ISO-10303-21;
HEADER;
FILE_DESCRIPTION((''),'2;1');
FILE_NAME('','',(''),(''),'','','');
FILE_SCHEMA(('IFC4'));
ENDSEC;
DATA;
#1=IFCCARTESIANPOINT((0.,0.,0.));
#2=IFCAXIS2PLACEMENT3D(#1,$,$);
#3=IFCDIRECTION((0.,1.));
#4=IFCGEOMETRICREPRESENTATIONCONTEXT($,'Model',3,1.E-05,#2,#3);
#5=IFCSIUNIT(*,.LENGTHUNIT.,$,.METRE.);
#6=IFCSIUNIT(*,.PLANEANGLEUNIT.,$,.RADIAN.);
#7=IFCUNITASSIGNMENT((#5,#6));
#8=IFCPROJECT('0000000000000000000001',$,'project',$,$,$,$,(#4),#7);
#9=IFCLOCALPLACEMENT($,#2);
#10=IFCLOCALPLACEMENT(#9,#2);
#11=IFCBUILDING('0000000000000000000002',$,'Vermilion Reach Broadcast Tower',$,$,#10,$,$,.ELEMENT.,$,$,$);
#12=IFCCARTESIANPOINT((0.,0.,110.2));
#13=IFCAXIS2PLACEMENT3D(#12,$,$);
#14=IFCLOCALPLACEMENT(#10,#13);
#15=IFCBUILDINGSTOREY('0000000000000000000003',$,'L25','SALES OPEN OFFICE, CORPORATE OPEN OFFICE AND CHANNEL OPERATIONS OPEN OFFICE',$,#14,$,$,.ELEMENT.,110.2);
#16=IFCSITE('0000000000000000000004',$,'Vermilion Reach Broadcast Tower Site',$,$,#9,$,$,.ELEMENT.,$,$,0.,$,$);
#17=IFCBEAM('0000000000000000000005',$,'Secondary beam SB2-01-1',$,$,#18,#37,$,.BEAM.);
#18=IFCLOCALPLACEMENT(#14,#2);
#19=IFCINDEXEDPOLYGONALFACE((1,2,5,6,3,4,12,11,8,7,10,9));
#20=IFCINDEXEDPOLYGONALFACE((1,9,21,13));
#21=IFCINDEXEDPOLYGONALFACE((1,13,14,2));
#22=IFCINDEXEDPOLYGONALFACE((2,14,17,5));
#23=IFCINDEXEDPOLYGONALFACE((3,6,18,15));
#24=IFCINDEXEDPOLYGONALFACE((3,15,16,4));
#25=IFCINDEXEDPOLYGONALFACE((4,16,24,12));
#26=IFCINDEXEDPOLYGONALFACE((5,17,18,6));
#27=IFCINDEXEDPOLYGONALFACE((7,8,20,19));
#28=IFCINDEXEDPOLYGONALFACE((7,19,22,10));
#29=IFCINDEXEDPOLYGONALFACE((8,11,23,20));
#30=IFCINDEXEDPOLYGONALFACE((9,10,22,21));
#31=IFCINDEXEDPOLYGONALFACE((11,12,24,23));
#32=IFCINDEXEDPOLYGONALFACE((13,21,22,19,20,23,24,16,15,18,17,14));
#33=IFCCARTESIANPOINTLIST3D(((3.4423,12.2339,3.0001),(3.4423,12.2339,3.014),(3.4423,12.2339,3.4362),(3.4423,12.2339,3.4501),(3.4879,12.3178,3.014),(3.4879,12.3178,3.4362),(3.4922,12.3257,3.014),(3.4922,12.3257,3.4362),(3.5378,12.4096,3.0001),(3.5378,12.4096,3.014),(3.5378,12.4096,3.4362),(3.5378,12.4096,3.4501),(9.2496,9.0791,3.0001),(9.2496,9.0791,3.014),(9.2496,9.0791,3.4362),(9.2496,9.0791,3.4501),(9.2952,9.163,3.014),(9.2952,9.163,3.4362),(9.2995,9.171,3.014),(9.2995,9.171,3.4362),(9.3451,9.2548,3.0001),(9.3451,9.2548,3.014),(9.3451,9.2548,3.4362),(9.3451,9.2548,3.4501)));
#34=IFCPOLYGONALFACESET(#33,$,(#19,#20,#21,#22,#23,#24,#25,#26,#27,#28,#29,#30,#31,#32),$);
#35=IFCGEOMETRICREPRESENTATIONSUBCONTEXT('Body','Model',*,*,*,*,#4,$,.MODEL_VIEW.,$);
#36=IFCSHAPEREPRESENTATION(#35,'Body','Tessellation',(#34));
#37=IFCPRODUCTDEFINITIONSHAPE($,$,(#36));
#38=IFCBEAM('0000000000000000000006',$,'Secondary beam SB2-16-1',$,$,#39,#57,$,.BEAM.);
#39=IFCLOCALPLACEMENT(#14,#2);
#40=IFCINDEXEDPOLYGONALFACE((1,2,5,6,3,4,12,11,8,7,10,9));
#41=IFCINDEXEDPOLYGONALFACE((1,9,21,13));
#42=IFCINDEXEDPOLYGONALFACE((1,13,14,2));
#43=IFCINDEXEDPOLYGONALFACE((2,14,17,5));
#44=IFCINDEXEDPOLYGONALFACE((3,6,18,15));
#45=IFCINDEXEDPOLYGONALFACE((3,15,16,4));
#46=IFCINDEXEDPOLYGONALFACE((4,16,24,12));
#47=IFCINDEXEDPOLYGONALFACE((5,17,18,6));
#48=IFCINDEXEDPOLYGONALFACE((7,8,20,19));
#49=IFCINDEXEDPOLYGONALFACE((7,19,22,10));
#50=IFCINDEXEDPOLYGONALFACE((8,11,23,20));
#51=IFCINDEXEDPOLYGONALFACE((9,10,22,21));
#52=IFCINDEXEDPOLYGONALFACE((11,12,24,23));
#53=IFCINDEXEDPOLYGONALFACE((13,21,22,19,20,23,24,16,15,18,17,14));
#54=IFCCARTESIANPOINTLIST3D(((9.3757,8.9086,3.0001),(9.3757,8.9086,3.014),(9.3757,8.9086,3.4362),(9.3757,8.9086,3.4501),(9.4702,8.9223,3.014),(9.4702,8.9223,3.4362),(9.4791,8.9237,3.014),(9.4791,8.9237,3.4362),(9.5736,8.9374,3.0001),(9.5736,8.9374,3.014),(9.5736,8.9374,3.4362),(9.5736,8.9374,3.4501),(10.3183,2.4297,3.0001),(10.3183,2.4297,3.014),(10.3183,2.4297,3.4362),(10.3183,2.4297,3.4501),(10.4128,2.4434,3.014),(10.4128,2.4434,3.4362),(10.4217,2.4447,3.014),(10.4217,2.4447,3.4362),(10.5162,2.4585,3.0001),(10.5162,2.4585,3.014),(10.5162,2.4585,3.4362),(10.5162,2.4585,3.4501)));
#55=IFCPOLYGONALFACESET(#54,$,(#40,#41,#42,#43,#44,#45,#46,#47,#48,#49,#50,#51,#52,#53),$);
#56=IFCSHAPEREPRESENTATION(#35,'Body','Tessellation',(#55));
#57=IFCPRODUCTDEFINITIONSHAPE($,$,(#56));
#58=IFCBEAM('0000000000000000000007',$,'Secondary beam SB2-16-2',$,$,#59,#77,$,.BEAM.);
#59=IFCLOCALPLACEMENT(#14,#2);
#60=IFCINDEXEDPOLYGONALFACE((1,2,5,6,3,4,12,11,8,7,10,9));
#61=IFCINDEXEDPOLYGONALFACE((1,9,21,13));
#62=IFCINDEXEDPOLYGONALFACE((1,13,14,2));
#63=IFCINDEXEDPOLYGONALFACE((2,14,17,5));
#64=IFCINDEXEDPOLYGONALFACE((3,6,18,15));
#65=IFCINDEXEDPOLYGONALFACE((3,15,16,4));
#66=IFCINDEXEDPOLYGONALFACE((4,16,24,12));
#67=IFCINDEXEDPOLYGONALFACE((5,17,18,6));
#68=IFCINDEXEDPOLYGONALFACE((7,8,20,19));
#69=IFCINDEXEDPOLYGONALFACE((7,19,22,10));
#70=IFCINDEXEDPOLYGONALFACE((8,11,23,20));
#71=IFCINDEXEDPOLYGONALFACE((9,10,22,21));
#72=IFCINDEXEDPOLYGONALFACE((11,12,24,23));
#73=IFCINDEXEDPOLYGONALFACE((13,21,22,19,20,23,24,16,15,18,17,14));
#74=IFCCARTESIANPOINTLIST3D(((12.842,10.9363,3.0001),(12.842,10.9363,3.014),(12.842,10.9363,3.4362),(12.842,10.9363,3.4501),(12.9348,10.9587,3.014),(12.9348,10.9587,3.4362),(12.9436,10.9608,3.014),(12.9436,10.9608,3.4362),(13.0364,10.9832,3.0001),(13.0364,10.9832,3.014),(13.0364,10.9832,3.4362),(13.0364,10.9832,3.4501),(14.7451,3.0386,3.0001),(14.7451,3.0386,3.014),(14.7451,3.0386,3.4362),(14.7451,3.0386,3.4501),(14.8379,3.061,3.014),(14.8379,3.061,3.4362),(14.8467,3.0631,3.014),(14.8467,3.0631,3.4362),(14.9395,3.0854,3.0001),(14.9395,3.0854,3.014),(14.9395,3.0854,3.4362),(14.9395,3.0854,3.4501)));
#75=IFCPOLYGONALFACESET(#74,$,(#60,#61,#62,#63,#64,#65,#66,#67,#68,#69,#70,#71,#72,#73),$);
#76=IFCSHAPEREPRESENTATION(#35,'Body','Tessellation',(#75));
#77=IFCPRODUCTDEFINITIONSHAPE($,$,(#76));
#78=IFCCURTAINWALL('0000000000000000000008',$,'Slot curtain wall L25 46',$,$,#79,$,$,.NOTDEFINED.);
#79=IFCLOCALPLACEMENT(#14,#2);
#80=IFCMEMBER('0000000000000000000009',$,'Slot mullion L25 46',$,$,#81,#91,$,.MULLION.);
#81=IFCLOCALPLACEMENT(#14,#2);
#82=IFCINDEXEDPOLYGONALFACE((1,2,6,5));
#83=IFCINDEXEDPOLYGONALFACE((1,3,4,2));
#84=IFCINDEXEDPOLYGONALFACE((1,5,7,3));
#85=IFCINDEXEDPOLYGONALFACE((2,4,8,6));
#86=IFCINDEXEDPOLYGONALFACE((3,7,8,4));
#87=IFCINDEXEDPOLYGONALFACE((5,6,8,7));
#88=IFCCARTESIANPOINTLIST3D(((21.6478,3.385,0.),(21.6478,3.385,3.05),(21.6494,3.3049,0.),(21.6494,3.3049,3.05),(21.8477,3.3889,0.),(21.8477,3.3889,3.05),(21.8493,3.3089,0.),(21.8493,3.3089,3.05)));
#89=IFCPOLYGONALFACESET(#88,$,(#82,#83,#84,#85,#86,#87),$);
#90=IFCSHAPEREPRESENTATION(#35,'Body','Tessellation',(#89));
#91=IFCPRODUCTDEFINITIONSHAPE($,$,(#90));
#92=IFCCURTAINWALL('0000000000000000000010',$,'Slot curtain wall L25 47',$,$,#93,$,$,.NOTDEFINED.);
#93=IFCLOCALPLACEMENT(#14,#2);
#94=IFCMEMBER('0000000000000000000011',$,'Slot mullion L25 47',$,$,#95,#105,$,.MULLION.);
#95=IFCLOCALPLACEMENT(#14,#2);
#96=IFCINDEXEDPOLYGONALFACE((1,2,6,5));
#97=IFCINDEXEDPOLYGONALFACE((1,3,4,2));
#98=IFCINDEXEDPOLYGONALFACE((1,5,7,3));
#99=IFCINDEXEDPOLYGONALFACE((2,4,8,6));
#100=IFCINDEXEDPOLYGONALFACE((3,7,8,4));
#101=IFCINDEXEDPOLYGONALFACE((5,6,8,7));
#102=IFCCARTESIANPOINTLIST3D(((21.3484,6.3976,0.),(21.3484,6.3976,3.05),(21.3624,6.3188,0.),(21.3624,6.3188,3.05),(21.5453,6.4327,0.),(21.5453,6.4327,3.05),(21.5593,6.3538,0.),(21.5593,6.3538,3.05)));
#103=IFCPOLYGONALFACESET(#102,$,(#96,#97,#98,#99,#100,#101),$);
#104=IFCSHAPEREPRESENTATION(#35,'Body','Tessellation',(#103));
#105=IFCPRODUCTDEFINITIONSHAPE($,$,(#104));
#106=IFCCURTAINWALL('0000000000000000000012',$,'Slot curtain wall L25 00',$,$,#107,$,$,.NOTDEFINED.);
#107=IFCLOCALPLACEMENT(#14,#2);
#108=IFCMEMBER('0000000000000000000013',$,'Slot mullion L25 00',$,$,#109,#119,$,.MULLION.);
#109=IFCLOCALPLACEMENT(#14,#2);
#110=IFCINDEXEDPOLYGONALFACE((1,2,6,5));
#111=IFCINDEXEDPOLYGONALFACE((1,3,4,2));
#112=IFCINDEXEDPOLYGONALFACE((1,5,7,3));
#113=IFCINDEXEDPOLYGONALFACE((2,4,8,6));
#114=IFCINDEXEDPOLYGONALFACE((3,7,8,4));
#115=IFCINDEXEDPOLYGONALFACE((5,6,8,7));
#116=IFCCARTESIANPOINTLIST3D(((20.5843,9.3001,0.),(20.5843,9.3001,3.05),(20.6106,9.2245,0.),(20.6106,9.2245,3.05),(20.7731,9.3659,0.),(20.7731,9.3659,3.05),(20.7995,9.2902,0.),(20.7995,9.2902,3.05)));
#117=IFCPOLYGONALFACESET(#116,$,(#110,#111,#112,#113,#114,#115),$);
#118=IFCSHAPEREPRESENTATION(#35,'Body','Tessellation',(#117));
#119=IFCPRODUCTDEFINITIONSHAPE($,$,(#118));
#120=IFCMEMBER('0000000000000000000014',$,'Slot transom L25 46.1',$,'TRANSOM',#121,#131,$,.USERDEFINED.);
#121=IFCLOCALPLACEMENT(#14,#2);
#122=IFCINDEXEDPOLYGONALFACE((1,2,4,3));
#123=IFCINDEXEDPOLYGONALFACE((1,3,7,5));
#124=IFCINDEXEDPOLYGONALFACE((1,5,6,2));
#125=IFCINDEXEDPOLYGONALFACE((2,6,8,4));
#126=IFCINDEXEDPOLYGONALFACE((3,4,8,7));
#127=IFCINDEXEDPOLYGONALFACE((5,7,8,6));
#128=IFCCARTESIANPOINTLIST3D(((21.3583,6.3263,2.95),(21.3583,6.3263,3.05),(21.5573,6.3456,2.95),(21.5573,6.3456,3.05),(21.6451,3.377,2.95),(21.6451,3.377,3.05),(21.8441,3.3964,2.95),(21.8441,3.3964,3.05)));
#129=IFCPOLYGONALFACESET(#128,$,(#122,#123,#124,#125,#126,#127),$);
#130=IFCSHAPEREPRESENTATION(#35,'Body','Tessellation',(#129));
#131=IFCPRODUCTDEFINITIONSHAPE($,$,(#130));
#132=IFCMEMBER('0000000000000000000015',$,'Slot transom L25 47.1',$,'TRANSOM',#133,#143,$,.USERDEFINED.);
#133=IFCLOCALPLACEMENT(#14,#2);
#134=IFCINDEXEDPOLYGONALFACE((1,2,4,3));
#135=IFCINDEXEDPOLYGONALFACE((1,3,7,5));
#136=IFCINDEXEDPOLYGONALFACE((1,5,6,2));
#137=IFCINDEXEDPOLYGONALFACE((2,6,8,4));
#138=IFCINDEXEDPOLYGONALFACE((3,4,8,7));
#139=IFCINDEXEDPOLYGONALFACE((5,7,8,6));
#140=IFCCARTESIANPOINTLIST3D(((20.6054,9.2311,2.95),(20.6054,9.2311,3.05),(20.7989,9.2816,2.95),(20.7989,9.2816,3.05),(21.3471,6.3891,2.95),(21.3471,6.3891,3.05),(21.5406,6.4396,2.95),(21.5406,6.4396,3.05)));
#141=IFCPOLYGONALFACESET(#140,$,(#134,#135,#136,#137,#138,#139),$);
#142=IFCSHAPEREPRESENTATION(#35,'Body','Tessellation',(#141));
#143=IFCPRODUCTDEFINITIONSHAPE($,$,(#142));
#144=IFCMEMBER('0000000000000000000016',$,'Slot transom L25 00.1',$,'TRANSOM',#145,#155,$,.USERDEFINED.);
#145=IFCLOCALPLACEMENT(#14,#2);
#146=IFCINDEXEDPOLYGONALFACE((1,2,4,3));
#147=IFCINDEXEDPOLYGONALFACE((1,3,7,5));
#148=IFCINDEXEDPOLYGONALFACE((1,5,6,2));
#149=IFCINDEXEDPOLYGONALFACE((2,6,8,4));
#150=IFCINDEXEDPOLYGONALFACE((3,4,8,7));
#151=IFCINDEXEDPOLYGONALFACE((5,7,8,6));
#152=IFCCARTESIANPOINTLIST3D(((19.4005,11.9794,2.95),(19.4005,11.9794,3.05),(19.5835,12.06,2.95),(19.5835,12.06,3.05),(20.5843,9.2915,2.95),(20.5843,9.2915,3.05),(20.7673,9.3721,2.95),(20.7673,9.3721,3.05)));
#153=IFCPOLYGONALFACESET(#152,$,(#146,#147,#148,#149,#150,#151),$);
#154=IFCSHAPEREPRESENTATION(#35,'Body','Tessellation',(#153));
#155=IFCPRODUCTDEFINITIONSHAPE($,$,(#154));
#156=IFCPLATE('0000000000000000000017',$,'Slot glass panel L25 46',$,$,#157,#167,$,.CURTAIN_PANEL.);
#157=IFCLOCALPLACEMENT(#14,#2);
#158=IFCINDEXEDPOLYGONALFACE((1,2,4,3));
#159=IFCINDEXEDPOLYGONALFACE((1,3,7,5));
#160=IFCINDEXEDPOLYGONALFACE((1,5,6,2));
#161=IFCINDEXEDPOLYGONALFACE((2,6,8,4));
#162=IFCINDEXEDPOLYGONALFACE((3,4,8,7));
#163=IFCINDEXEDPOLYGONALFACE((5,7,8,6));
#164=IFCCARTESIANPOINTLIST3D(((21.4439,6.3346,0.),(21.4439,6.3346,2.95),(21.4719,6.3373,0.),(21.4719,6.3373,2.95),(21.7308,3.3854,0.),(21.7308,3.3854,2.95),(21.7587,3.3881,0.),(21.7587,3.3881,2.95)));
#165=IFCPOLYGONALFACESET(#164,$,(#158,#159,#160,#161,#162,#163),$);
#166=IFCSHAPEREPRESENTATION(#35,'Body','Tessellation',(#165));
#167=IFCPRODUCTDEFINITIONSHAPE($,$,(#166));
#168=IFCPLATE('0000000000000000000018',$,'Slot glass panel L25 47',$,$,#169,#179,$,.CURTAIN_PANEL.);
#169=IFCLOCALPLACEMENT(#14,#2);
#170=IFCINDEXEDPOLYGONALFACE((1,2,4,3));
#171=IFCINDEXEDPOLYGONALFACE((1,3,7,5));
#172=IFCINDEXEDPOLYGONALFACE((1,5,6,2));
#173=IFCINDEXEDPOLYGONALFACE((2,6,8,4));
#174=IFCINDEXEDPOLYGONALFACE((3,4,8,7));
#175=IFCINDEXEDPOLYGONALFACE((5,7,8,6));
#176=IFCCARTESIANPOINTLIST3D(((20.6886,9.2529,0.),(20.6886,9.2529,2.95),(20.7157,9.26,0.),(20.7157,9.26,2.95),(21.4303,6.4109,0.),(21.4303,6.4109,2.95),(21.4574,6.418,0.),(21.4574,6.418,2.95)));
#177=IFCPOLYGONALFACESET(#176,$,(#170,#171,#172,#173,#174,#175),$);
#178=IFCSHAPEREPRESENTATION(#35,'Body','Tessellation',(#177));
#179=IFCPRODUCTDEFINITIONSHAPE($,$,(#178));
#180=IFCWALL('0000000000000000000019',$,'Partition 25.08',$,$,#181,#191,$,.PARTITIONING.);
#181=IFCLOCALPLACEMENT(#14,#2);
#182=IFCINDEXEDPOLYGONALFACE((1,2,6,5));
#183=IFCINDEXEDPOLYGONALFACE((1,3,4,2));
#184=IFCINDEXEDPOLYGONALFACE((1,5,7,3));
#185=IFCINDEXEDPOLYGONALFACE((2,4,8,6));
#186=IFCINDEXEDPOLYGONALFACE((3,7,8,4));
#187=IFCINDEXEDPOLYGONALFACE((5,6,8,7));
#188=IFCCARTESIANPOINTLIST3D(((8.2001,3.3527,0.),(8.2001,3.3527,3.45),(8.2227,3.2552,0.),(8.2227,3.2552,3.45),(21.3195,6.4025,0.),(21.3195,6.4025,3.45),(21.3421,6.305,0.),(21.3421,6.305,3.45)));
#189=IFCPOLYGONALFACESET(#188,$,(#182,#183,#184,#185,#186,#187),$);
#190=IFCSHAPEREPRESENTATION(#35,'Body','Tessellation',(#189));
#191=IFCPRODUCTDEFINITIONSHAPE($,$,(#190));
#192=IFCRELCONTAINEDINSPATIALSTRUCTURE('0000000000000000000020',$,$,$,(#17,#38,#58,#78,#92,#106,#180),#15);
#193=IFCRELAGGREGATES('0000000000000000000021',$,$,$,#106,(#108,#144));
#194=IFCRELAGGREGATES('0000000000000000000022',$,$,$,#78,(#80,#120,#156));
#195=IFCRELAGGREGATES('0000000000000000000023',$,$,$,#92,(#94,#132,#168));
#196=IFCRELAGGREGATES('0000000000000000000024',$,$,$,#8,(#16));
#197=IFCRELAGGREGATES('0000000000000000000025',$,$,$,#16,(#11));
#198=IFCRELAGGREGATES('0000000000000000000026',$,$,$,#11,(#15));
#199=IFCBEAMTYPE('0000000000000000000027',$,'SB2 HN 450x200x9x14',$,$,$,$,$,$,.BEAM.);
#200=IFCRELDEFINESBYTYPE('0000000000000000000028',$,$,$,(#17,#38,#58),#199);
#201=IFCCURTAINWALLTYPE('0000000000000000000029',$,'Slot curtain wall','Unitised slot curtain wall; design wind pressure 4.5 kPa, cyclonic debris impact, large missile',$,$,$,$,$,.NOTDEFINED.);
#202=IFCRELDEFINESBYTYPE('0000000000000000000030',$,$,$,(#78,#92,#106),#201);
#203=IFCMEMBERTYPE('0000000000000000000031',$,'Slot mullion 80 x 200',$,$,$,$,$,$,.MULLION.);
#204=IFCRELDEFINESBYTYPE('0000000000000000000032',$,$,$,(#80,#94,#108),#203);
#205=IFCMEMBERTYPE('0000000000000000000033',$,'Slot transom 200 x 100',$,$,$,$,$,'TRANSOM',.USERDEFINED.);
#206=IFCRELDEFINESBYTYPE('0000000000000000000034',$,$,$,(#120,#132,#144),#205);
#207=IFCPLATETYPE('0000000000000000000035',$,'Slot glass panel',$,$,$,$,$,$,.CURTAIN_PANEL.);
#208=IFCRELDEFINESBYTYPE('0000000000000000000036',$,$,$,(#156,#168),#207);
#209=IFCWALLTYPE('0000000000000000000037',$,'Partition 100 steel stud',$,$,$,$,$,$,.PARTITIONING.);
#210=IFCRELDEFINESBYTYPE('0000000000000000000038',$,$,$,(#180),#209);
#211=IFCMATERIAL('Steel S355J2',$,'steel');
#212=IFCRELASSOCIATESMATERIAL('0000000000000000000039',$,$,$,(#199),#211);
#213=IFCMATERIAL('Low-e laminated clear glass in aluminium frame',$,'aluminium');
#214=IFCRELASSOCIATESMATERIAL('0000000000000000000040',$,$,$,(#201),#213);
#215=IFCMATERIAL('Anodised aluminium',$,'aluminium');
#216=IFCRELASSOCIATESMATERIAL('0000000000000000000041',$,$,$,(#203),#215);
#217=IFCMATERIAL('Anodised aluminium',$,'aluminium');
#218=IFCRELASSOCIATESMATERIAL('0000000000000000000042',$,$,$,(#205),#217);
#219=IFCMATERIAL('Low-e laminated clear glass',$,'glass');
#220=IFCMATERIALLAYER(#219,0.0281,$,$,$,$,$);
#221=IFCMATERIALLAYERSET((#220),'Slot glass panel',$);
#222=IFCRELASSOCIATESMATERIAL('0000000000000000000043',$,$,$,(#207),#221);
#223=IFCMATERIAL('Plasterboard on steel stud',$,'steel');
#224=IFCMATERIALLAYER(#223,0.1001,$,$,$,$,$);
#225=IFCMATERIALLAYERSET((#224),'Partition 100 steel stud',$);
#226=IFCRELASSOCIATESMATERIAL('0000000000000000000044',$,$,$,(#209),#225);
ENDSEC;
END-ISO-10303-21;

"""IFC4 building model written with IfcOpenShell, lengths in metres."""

from ifc_helpers import new_model, si_unit, direction, frame, frame_2d, origin, origin_2d, place, context, subcontext, project, spatial, rectangle, i_section, extrude, material, layer, layer_set, material_profile, profile_set, type_object, element, aggregate, save


model = new_model("IFC4")

# Units and contexts
model_context = context("Model", 3, precision=1e-05, world=origin(), true_north=direction((0.0, 1.0)))
body_context = subcontext(model_context, "Body", "Model", "MODEL_VIEW")
ifc_project = project(units=[si_unit("LENGTHUNIT", "METRE"), si_unit("PLANEANGLEUNIT", "RADIAN")], contexts=[model_context])

# Site, building, storey
site_placement = place(None, origin())
site = spatial("IfcSite", under=ifc_project, at=site_placement, Name="Vermilion Reach Broadcast Tower Site", CompositionType="ELEMENT", RefElevation=0.0)
building_placement = place(site_placement, origin())
building = spatial("IfcBuilding", under=site, at=building_placement, Name="Vermilion Reach Broadcast Tower", CompositionType="ELEMENT")
storey_placement = place(building_placement, frame((0.0, 0.0, 110.2)))
storey = spatial("IfcBuildingStorey", under=building, at=storey_placement, Name="L25", Description="SALES OPEN OFFICE, CORPORATE OPEN OFFICE AND CHANNEL OPERATIONS OPEN OFFICE", CompositionType="ELEMENT", Elevation=110.2)

# Beams
ifc_material_1 = material(Name="Steel S355J2", Category="steel")
ifc_material_profile_1 = material_profile(ifc_material_1, i_section(OverallWidth=0.2, OverallDepth=0.45, WebThickness=0.009, FlangeThickness=0.0139, at=origin_2d()), Name="S355J2 HN 450x200x9x14")
ifc_profile_set_1 = profile_set([ifc_material_profile_1], Name="Steel S355J2")
beam_type_1 = type_object("IfcBeamType", Name="SB2 HN 450x200x9x14", PredefinedType="BEAM", material=ifc_profile_set_1)
beam_1_placement = place(storey_placement, frame((9.2974, 9.167, 3.2251), z_axis=(-0.878713, 0.47735, 0.0), x_axis=(-0.47735, -0.878713, 0.0)))
element("IfcBeam", 1, at=beam_1_placement, inside=storey, type_object=beam_type_1, Name="Secondary beam SB2-01-1", PredefinedType="BEAM", context=body_context, shape_type="SweptSolid", body=[
    extrude(i_section(OverallWidth=0.2, OverallDepth=0.45, WebThickness=0.009, FlangeThickness=0.0139, at=origin_2d()), origin(), (0.0, 0.0, 1.0), 6.6089),
])
beam_2_placement = place(storey_placement, frame((10.4172, 2.4441, 3.2251), z_axis=(-0.143974, 0.989582, 0.0), x_axis=(-0.989582, -0.143974, 0.0)))
element("IfcBeam", 2, at=beam_2_placement, inside=storey, type_object=beam_type_1, Name="Secondary beam SB2-16-1", PredefinedType="BEAM", context=body_context, shape_type="SweptSolid", body=[
    extrude(i_section(OverallWidth=0.2, OverallDepth=0.45, WebThickness=0.009, FlangeThickness=0.0139, at=origin_2d()), origin(), (0.0, 0.0, 1.0), 6.5471),
])
beam_3_placement = place(storey_placement, frame((14.8423, 3.062, 3.2251), z_axis=(-0.234261, 0.972174, 0.0), x_axis=(-0.972174, -0.234261, 0.0)))
element("IfcBeam", 3, at=beam_3_placement, inside=storey, type_object=beam_type_1, Name="Secondary beam SB2-16-2", PredefinedType="BEAM", context=body_context, shape_type="SweptSolid", body=[
    extrude(i_section(OverallWidth=0.2, OverallDepth=0.45, WebThickness=0.009, FlangeThickness=0.0139, at=origin_2d()), origin(), (0.0, 0.0, 1.0), 8.1238),
])

# Curtain walls, members
ifc_material_2 = material(Name="Low-e laminated clear glass in aluminium frame", Category="aluminium")
curtain_wall_type = type_object("IfcCurtainWallType", Name="Slot curtain wall", Description="Unitised slot curtain wall; design wind pressure 4.5 kPa, cyclonic debris impact, large missile", PredefinedType="NOTDEFINED", material=ifc_material_2)
placement = place(storey_placement, origin())
curtain_wall_1 = element("IfcCurtainWall", 4, at=placement, inside=storey, type_object=curtain_wall_type, Name="Slot curtain wall L25 46", PredefinedType="NOTDEFINED")
ifc_material_3 = material(Name="Anodised aluminium", Category="aluminium")
ifc_material_profile_2 = material_profile(ifc_material_3, rectangle(XDim=0.2, YDim=0.0801, at=origin_2d()), Name="Slot mullion 80 x 200")
ifc_profile_set_2 = profile_set([ifc_material_profile_2], Name="Anodised aluminium")
member_type_1 = type_object("IfcMemberType", Name="Slot mullion 80 x 200", PredefinedType="MULLION", material=ifc_profile_set_2)
member_1_placement = place(storey_placement, frame((21.7485, 3.3469, 0.0), z_axis=(0.0, 0.0, 1.0), x_axis=(-0.999807, -0.019661, 0.0)))
member_1 = element("IfcMember", 5, at=member_1_placement, type_object=member_type_1, Name="Slot mullion L25 46", PredefinedType="MULLION", context=body_context, shape_type="SweptSolid", body=[
    extrude(rectangle(XDim=0.2, YDim=0.0801, at=origin_2d()), origin(), (0.0, 0.0, 1.0), 3.05),
])
curtain_wall_2 = element("IfcCurtainWall", 6, at=placement, inside=storey, type_object=curtain_wall_type, Name="Slot curtain wall L25 47", PredefinedType="NOTDEFINED")
member_2_placement = place(storey_placement, frame((21.4539, 6.3757, 0.0), z_axis=(0.0, 0.0, 1.0), x_axis=(-0.98453, -0.175214, 0.0)))
member_2 = element("IfcMember", 7, at=member_2_placement, type_object=member_type_1, Name="Slot mullion L25 47", PredefinedType="MULLION", context=body_context, shape_type="SweptSolid", body=[
    extrude(rectangle(XDim=0.2, YDim=0.0801, at=origin_2d()), origin(), (0.0, 0.0, 1.0), 3.05),
])
curtain_wall_3 = element("IfcCurtainWall", 8, at=placement, inside=storey, type_object=curtain_wall_type, Name="Slot curtain wall L25 00", PredefinedType="NOTDEFINED")
member_3_placement = place(storey_placement, frame((20.6919, 9.2952, 0.0), z_axis=(0.0, 0.0, 1.0), x_axis=(-0.944376, -0.328867, 0.0)))
member_3 = element("IfcMember", 9, at=member_3_placement, type_object=member_type_1, Name="Slot mullion L25 00", PredefinedType="MULLION", context=body_context, shape_type="SweptSolid", body=[
    extrude(rectangle(XDim=0.2, YDim=0.0801, at=origin_2d()), origin(), (0.0, 0.0, 1.0), 3.05),
])

# Members
ifc_material_4 = material(Name="Anodised aluminium", Category="aluminium")
ifc_material_profile_3 = material_profile(ifc_material_4, rectangle(XDim=0.2, YDim=0.1001, at=origin_2d()), Name="Slot transom 200 x 100")
ifc_profile_set_3 = profile_set([ifc_material_profile_3], Name="Anodised aluminium")
member_type_2 = type_object("IfcMemberType", Name="Slot transom 200 x 100", ElementType="TRANSOM", PredefinedType="USERDEFINED", material=ifc_profile_set_3)
member_4_placement = place(storey_placement, frame((21.7446, 3.3867, 3.0), z_axis=(-0.096811, 0.995303, 0.0), x_axis=(-0.995303, -0.096811, 0.0)))
member_4 = element("IfcMember", 10, at=member_4_placement, type_object=member_type_2, Name="Slot transom L25 46.1", ObjectType="TRANSOM", PredefinedType="USERDEFINED", context=body_context, shape_type="SweptSolid", body=[
    extrude(rectangle(XDim=0.2, YDim=0.1001, at=origin_2d()), origin(), (0.0, 0.0, 1.0), 2.9631),
])
member_5_placement = place(storey_placement, frame((21.4438, 6.4143, 3.0), z_axis=(-0.252517, 0.967593, 0.0), x_axis=(-0.967593, -0.252517, 0.0)))
member_5 = element("IfcMember", 11, at=member_5_placement, type_object=member_type_2, Name="Slot transom L25 47.1", ObjectType="TRANSOM", PredefinedType="USERDEFINED", context=body_context, shape_type="SweptSolid", body=[
    extrude(rectangle(XDim=0.2, YDim=0.1001, at=origin_2d()), origin(), (0.0, 0.0, 1.0), 2.9373),
])
member_6_placement = place(storey_placement, frame((20.6758, 9.3318, 3.0), z_axis=(-0.403059, 0.915174, 0.0), x_axis=(-0.915174, -0.403059, 0.0)))
member_6 = element("IfcMember", 12, at=member_6_placement, type_object=member_type_2, Name="Slot transom L25 00.1", ObjectType="TRANSOM", PredefinedType="USERDEFINED", context=body_context, shape_type="SweptSolid", body=[
    extrude(rectangle(XDim=0.2, YDim=0.1001, at=origin_2d()), origin(), (0.0, 0.0, 1.0), 2.937),
])
aggregate(curtain_wall_3, [member_3, member_6])

# Plates
ifc_material_5 = material(Name="Low-e laminated clear glass", Category="glass")
ifc_layer_1 = layer(ifc_material_5, 0.0281)
ifc_layer_set_1 = layer_set([ifc_layer_1], Name="Slot glass panel")
plate_type = type_object("IfcPlateType", Name="Slot glass panel", PredefinedType="CURTAIN_PANEL", material=ifc_layer_set_1)
plate_1_placement = place(storey_placement, frame((21.6013, 4.8613, 0.0), z_axis=(0.0, 0.0, 1.0), x_axis=(-0.096809, 0.995303, 0.0)))
plate_1 = element("IfcPlate", 13, at=plate_1_placement, type_object=plate_type, Name="Slot glass panel L25 46", PredefinedType="CURTAIN_PANEL", context=body_context, shape_type="SweptSolid", body=[
    extrude(rectangle(XDim=2.9631, YDim=0.0281, at=origin_2d()), origin(), (0.0, 0.0, 1.0), 2.95),
])
aggregate(curtain_wall_1, [member_1, member_4, plate_1])
plate_2_placement = place(storey_placement, frame((21.073, 7.8354, 0.0), z_axis=(0.0, 0.0, 1.0), x_axis=(-0.252522, 0.967591, 0.0)))
plate_2 = element("IfcPlate", 14, at=plate_2_placement, type_object=plate_type, Name="Slot glass panel L25 47", PredefinedType="CURTAIN_PANEL", context=body_context, shape_type="SweptSolid", body=[
    extrude(rectangle(XDim=2.9373, YDim=0.0281, at=origin_2d()), origin(), (0.0, 0.0, 1.0), 2.95),
])
aggregate(curtain_wall_2, [member_2, member_5, plate_2])

# Wall
ifc_material_6 = material(Name="Plasterboard on steel stud", Category="steel")
ifc_layer_2 = layer(ifc_material_6, 0.1001)
ifc_layer_set_2 = layer_set([ifc_layer_2], Name="Partition 100 steel stud")
wall_type_1 = type_object("IfcWallType", Name="Partition 100 steel stud", PredefinedType="PARTITIONING", material=ifc_layer_set_2)
wall_1_placement = place(storey_placement, frame((21.3308, 6.3538, 0.0), z_axis=(0.0, 0.0, 1.0), x_axis=(-0.974028, -0.226428, 0.0)))
element("IfcWall", 15, at=wall_1_placement, inside=storey, type_object=wall_type_1, Name="Partition 25.08", PredefinedType="PARTITIONING", context=body_context, shape_type="SweptSolid", body=[
    extrude(rectangle(XDim=13.4692, YDim=0.1001, at=frame_2d((6.7346, 0.0))), origin(), (0.0, 0.0, 1.0), 3.45),
])

save(model, "model.ifc")
